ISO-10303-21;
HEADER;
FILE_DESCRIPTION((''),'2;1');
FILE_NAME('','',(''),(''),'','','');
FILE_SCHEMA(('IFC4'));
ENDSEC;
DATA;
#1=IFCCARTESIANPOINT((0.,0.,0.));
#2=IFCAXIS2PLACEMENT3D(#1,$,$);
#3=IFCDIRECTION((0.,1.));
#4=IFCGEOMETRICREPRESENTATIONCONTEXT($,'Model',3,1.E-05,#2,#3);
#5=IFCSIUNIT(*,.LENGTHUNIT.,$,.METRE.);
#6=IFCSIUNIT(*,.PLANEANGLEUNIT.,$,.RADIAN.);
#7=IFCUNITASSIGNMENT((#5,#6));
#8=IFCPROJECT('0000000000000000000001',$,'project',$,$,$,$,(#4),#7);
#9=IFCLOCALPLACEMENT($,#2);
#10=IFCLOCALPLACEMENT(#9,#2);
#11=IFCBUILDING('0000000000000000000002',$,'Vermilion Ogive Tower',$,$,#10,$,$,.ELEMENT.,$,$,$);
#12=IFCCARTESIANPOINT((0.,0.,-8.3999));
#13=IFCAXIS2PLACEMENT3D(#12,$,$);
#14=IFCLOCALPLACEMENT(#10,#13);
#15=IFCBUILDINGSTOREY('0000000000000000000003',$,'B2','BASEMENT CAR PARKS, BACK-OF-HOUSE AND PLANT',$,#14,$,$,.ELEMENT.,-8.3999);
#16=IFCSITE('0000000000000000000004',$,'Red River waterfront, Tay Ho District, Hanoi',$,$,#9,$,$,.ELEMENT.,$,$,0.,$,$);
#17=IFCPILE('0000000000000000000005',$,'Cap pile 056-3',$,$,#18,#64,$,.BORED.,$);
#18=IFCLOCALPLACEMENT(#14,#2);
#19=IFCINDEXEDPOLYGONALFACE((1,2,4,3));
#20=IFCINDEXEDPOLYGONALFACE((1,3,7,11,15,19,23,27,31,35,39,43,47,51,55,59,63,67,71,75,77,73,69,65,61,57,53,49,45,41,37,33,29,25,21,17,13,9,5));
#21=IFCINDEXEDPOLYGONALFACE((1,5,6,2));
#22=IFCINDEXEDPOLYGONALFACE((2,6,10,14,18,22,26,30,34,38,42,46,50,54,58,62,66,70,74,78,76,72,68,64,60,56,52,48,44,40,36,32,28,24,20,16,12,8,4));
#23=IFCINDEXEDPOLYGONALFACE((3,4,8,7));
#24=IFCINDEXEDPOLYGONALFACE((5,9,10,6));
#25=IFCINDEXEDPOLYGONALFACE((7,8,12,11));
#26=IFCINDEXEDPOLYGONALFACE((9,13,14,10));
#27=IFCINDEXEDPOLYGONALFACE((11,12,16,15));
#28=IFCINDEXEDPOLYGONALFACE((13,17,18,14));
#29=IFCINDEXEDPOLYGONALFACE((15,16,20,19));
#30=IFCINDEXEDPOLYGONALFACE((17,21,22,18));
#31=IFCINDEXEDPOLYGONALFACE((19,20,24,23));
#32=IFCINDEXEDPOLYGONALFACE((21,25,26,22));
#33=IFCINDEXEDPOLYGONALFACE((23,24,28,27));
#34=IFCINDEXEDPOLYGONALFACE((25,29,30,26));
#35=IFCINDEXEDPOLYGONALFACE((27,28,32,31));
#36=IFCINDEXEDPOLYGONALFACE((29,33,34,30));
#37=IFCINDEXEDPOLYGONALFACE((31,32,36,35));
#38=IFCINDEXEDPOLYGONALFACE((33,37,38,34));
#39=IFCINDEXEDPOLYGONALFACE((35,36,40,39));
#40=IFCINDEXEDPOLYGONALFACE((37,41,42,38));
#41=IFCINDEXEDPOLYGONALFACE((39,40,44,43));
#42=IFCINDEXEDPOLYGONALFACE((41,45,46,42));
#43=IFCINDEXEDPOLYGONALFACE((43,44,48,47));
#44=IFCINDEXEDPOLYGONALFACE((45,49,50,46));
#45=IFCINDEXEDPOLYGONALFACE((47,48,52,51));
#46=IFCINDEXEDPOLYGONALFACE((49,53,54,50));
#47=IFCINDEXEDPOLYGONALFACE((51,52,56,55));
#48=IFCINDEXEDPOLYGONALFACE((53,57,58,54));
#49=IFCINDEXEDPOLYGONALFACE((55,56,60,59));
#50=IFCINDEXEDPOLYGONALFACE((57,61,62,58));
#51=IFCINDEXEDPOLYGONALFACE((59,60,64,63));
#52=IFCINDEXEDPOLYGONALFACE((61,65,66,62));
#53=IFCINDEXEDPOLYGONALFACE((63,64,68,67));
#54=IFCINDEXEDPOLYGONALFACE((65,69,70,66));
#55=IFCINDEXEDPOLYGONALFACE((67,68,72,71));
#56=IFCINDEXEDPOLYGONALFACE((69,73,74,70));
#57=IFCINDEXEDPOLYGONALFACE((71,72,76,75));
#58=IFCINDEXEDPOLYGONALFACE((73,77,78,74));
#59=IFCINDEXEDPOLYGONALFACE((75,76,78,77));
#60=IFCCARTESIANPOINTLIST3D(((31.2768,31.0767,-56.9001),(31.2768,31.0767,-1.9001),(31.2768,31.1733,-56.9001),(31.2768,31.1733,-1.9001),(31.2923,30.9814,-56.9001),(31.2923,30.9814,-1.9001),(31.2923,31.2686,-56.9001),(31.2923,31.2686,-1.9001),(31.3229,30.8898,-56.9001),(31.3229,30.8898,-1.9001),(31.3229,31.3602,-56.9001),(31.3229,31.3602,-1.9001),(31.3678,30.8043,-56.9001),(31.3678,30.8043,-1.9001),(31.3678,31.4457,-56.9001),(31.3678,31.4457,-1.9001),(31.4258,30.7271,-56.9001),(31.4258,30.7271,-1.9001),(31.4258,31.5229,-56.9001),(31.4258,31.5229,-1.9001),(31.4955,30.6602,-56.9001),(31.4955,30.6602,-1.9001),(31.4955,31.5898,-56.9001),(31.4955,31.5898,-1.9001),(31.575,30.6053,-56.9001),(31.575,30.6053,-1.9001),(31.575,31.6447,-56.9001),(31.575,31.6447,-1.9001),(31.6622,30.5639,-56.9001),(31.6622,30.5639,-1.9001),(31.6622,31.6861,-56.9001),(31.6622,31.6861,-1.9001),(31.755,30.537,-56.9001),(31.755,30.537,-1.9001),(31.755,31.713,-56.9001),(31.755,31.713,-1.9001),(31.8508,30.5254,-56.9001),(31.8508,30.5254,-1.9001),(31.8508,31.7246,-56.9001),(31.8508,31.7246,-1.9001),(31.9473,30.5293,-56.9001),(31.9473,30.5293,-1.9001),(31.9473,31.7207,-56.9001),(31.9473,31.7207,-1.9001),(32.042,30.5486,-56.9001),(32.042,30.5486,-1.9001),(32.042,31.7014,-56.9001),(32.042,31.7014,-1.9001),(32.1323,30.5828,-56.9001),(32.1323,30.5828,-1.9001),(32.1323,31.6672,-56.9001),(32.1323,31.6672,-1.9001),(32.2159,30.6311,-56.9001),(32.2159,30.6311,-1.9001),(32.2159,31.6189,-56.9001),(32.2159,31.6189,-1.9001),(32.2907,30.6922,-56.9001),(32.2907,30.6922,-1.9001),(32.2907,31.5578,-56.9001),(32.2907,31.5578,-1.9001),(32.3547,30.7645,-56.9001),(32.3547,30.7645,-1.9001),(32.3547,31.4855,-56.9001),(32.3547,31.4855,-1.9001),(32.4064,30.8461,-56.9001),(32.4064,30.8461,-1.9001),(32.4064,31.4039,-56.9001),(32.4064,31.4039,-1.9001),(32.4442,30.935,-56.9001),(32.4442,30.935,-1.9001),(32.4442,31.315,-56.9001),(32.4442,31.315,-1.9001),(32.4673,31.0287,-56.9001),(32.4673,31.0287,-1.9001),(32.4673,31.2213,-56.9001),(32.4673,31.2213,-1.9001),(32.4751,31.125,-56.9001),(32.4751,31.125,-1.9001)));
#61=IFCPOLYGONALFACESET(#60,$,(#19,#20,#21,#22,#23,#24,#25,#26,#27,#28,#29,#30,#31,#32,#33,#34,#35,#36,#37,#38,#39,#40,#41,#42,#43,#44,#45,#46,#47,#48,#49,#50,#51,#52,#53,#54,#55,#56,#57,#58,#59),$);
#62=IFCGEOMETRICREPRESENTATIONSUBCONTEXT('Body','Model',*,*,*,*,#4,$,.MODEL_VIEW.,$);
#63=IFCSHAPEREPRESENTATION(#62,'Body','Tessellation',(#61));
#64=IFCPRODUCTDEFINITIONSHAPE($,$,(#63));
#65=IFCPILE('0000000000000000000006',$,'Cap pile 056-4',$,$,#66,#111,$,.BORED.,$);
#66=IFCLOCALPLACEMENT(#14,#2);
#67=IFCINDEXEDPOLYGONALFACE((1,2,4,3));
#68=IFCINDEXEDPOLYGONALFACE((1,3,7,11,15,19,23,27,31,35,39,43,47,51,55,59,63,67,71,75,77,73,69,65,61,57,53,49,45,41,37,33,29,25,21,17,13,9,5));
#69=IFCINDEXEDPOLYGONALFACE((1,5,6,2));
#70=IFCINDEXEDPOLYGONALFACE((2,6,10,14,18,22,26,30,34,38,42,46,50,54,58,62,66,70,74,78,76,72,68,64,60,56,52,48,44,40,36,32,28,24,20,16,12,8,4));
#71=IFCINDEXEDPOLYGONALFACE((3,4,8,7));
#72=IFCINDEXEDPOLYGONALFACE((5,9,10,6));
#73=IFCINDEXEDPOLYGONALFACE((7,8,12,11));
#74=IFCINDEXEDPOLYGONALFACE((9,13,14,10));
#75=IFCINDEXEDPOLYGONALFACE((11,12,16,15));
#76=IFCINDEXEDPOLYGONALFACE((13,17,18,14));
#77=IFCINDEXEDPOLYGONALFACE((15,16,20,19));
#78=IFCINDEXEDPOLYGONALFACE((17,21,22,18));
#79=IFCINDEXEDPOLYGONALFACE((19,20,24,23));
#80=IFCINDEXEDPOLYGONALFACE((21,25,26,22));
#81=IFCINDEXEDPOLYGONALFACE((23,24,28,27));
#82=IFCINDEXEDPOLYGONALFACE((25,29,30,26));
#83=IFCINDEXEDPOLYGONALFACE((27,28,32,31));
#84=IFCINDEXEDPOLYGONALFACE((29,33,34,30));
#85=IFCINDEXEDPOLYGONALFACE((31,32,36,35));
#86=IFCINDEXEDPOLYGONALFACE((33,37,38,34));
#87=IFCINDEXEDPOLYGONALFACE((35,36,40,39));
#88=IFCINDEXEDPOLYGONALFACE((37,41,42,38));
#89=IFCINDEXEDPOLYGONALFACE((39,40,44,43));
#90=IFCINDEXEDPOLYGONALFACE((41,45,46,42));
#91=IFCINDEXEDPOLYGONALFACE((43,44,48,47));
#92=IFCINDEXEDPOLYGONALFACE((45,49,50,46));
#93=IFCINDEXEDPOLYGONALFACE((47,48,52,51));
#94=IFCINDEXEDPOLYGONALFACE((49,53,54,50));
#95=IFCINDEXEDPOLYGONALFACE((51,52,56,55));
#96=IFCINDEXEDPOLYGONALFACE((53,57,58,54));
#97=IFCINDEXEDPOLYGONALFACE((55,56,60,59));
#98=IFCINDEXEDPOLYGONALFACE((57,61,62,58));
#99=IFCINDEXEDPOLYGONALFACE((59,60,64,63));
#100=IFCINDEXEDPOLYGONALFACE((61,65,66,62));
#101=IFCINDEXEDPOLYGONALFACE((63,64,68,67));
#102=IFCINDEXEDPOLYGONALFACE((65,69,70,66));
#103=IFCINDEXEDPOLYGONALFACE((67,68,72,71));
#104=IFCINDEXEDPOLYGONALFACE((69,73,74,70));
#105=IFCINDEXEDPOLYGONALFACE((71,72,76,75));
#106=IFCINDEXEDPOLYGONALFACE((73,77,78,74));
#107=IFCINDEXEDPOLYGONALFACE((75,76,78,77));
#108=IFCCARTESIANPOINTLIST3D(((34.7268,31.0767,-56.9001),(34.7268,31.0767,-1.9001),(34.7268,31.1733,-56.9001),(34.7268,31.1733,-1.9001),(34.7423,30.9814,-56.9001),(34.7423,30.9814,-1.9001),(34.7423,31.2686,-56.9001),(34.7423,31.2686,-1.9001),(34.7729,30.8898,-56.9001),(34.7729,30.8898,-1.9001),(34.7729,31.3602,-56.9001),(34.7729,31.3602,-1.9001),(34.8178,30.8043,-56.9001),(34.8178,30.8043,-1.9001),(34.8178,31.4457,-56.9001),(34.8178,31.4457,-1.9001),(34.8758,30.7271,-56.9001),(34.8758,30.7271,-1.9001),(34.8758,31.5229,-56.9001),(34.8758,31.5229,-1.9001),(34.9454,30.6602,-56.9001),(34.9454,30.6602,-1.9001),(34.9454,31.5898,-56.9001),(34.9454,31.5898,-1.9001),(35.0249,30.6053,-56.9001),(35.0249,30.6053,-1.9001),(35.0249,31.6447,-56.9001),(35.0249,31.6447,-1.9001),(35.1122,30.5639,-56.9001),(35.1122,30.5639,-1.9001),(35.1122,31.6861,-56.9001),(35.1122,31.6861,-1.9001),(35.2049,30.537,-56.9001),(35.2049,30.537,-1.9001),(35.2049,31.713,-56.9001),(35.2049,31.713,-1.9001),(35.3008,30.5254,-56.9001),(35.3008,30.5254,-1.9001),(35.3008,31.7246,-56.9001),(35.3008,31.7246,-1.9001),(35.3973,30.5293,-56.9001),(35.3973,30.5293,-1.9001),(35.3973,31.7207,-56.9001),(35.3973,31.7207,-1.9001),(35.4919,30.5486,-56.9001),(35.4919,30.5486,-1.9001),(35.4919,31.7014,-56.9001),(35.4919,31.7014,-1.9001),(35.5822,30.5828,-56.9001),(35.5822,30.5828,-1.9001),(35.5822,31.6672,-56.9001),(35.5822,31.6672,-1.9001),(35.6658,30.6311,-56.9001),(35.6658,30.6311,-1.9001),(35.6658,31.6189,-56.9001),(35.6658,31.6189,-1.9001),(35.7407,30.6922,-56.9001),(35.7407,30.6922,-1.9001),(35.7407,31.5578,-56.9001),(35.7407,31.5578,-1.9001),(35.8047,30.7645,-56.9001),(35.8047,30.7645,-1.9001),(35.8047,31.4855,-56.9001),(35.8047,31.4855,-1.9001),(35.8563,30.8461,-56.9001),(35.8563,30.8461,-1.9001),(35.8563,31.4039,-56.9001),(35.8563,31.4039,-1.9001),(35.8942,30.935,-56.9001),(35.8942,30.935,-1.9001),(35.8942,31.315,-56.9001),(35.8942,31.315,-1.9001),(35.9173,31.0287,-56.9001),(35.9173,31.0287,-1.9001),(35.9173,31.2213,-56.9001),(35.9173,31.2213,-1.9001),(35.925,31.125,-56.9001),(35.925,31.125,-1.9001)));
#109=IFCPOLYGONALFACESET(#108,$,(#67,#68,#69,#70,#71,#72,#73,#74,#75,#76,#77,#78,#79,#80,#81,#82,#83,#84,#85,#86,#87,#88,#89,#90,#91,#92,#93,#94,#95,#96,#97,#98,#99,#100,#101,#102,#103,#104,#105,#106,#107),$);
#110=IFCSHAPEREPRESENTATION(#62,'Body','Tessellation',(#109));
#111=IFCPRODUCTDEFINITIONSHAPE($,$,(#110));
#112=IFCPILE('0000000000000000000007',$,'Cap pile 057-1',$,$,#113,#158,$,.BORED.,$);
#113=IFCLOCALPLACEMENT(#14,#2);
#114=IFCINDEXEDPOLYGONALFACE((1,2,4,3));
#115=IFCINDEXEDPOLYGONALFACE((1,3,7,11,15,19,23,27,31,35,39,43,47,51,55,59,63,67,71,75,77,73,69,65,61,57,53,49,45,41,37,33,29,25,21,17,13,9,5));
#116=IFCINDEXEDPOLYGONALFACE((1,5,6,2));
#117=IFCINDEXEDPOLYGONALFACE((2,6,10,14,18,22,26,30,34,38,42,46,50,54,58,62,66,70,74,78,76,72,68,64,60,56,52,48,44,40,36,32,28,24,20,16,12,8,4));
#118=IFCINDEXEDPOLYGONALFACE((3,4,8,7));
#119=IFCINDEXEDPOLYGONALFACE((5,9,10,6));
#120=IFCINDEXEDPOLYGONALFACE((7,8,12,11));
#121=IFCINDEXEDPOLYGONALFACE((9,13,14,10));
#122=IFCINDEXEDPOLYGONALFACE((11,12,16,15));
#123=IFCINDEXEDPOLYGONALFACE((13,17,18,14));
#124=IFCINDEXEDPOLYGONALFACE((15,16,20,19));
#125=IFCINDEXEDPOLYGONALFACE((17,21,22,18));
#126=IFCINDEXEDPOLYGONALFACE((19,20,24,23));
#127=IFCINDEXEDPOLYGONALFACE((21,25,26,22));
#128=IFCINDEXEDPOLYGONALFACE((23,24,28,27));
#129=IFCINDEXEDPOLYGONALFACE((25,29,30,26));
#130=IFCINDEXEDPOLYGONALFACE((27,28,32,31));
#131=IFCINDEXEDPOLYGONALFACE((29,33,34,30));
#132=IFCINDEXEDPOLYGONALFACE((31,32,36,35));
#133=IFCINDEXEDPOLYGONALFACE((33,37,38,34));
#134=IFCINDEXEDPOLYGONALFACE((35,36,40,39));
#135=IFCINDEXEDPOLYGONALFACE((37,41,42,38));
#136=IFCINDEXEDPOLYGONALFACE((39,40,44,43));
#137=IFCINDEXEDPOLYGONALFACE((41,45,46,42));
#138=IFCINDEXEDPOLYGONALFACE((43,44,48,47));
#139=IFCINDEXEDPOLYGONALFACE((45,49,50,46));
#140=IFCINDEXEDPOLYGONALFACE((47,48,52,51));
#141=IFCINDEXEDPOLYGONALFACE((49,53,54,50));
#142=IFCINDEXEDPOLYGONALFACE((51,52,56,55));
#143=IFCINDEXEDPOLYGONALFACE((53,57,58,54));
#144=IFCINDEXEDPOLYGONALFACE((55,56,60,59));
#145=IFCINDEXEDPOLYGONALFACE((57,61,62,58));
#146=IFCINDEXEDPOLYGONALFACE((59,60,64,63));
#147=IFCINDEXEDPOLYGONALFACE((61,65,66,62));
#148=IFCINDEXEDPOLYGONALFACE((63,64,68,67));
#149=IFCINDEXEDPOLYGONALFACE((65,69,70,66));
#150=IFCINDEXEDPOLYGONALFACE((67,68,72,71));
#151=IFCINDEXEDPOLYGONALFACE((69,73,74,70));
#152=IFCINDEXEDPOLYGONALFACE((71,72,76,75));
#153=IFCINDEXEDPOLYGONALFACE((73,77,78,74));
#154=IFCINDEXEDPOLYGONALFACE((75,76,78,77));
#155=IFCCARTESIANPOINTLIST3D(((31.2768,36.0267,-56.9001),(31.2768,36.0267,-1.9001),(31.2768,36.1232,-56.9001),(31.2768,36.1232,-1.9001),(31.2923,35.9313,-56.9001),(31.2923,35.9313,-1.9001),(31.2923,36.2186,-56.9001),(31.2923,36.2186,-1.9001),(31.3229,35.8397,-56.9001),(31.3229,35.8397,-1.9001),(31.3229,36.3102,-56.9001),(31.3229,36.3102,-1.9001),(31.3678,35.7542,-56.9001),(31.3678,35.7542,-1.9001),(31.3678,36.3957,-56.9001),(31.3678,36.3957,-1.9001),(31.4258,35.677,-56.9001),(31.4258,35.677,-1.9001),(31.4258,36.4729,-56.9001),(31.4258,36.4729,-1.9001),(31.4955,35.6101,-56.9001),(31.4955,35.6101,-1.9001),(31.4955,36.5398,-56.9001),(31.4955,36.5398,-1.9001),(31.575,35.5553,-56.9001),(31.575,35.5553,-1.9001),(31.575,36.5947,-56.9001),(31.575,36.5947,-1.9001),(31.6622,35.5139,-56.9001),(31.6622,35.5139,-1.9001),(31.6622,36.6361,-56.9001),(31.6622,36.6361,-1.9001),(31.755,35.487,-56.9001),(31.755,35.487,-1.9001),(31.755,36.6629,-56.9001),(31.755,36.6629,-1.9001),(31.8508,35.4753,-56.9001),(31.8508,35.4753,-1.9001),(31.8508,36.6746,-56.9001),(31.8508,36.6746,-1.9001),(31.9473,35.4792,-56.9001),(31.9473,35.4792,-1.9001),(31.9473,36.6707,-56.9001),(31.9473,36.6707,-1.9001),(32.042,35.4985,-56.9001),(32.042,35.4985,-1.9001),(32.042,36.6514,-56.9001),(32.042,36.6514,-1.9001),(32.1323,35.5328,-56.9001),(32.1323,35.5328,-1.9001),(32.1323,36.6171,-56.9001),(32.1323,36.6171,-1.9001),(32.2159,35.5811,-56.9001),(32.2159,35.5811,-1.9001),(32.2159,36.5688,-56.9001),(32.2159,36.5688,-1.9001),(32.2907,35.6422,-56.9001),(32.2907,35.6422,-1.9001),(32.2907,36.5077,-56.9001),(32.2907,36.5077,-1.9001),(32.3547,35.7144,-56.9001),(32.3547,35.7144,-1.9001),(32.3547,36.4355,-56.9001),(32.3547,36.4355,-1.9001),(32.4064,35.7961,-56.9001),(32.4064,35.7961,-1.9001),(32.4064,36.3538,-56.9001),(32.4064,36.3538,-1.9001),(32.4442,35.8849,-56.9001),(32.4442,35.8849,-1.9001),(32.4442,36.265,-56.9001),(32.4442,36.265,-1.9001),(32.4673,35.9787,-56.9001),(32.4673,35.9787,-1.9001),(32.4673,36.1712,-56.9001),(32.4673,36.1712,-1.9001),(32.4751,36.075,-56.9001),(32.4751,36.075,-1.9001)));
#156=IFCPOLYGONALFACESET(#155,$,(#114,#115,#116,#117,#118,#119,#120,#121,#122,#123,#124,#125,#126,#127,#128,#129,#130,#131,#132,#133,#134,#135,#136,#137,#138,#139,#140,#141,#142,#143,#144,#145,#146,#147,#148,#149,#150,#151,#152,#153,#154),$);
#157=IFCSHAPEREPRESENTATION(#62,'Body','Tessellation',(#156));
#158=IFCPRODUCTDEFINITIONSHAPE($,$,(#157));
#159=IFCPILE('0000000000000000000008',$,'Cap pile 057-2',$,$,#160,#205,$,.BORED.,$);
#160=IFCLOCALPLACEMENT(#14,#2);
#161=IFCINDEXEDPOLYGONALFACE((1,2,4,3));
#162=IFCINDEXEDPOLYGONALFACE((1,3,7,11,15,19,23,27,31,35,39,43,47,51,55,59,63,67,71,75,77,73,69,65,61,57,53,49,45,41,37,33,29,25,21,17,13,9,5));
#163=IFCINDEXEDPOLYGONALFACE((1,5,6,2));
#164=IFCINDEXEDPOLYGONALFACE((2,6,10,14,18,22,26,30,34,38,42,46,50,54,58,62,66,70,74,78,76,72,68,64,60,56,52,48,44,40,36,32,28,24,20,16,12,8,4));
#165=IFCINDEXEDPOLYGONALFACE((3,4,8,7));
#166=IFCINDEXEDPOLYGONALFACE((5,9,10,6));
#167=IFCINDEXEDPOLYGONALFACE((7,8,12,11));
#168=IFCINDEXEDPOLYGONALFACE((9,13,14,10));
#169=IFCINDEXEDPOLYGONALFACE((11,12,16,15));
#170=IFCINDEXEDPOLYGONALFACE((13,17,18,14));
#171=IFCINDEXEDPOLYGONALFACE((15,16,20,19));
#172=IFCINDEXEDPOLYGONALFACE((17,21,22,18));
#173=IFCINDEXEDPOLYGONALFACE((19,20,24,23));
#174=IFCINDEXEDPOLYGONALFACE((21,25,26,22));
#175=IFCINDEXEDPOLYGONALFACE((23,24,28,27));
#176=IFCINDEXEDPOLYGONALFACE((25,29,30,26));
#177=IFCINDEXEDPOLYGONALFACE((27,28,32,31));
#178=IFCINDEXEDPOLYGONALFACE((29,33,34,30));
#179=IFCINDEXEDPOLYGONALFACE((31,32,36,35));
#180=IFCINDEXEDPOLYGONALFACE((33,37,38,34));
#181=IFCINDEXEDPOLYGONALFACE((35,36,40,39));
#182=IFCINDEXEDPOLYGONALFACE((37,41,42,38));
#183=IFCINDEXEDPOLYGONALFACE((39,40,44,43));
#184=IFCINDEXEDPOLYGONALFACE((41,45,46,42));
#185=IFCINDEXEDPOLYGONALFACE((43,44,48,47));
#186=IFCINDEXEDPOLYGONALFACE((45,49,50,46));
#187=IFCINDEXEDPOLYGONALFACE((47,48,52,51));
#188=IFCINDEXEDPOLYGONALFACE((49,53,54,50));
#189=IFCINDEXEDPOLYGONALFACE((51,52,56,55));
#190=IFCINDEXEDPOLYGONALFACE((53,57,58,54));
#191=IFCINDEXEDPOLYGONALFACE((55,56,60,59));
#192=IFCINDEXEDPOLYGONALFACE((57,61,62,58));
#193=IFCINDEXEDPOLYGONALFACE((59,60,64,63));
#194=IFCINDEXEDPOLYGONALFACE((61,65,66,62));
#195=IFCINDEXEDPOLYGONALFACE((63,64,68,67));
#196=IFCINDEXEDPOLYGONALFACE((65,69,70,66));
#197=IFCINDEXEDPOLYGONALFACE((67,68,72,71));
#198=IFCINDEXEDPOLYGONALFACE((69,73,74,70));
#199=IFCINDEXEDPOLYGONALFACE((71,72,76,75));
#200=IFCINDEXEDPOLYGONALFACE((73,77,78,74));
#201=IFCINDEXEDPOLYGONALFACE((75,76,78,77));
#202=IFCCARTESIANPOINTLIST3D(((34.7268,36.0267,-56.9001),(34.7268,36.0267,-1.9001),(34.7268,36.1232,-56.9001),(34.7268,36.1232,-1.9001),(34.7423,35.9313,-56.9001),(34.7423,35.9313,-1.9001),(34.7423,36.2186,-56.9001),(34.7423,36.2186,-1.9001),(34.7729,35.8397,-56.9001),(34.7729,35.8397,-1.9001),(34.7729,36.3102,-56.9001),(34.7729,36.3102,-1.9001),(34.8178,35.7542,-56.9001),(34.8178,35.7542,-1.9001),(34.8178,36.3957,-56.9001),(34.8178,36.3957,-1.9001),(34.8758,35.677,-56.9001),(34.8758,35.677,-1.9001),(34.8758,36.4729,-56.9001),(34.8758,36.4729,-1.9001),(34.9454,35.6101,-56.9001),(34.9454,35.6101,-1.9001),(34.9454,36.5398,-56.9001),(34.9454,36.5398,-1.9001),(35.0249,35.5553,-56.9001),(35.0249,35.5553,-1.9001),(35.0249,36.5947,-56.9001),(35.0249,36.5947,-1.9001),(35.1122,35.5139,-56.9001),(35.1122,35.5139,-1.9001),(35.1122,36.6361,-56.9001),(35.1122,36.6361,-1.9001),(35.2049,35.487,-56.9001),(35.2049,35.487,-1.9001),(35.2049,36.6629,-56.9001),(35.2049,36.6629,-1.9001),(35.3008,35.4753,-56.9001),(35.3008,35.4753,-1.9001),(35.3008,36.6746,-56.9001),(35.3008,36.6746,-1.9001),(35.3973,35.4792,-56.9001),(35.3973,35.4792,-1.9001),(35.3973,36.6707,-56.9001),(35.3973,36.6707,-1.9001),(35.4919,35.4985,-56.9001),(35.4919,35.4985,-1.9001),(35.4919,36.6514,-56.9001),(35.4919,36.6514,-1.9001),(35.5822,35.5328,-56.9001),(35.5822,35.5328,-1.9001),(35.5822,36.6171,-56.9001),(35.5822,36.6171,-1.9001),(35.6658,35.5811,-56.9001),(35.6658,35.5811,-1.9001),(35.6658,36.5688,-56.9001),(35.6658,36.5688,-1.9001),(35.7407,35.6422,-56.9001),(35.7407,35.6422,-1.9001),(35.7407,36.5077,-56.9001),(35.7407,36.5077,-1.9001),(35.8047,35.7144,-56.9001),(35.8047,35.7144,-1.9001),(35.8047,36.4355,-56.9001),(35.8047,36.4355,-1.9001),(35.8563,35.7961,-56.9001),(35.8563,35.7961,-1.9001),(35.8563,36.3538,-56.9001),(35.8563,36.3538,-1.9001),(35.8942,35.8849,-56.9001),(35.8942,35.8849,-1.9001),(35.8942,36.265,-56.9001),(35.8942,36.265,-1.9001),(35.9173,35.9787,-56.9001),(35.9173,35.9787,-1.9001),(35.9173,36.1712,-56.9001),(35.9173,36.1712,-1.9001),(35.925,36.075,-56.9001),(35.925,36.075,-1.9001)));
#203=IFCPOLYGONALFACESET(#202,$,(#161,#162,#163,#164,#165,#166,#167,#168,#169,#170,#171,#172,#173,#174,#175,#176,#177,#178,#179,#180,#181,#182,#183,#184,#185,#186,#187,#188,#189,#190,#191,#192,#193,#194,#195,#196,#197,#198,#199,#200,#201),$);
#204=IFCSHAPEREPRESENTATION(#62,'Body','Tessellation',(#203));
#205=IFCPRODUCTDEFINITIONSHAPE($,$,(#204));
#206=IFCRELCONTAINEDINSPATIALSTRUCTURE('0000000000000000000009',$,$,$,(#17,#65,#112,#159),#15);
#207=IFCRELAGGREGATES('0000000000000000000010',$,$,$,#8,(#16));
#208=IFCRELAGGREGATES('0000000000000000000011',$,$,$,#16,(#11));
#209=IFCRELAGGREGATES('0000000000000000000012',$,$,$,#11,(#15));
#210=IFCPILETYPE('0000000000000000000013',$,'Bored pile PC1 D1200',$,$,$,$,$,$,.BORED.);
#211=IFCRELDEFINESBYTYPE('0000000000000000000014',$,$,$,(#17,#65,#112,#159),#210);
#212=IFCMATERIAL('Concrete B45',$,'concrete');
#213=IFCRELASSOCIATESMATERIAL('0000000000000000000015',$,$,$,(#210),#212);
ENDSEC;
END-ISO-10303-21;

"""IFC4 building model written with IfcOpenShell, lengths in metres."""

from ifc_helpers import new_model, si_unit, direction, frame, origin, origin_2d, place, context, subcontext, project, spatial, circle, extrude, material, type_object, element, save


model = new_model("IFC4")

# Units and contexts
model_context = context("Model", 3, precision=1e-05, world=origin(), true_north=direction((0.0, 1.0)))
body_context = subcontext(model_context, "Body", "Model", "MODEL_VIEW")
ifc_project = project(units=[si_unit("LENGTHUNIT", "METRE"), si_unit("PLANEANGLEUNIT", "RADIAN")], contexts=[model_context])

# Site, building, storey
site_placement = place(None, origin())
site = spatial("IfcSite", under=ifc_project, at=site_placement, Name="Red River waterfront, Tay Ho District, Hanoi", CompositionType="ELEMENT", RefElevation=0.0)
building_placement = place(site_placement, origin())
building = spatial("IfcBuilding", under=site, at=building_placement, Name="Vermilion Ogive Tower", CompositionType="ELEMENT")
storey_placement = place(building_placement, frame((0.0, 0.0, -8.3999)))
storey = spatial("IfcBuildingStorey", under=building, at=storey_placement, Name="B2", Description="BASEMENT CAR PARKS, BACK-OF-HOUSE AND PLANT", CompositionType="ELEMENT", Elevation=-8.3999)

# Piles
ifc_material_1 = material(Name="Concrete B45", Category="concrete")
pile_type_1 = type_object("IfcPileType", Name="Bored pile PC1 D1200", PredefinedType="BORED", material=ifc_material_1)
for number, where, z_axis, x_axis, name in (
    (1, (31.875, 31.125, -1.9001), (0.0, 0.0, -1.0), (1.0, 0.0, 0.0), "Cap pile 056-3"),
    (2, (35.325, 31.125, -1.9001), (0.0, 0.0, -1.0), (1.0, 0.0, 0.0), "Cap pile 056-4"),
    (3, (31.875, 36.075, -1.9001), (0.0, 0.0, -1.0), (1.0, 0.0, 0.0), "Cap pile 057-1"),
    (4, (35.325, 36.075, -1.9001), (0.0, 0.0, -1.0), (1.0, 0.0, 0.0), "Cap pile 057-2"),
):
    element("IfcPile", number, at=place(storey_placement, frame(where, z_axis=z_axis, x_axis=x_axis)), inside=storey, type_object=pile_type_1, Name=name, PredefinedType="BORED", context=body_context, shape_type="SweptSolid", body=[
        extrude(circle(Radius=0.6001, at=origin_2d()), origin(), (0.0, 0.0, 1.0), 55.0),
    ])

save(model, "model.ifc")
